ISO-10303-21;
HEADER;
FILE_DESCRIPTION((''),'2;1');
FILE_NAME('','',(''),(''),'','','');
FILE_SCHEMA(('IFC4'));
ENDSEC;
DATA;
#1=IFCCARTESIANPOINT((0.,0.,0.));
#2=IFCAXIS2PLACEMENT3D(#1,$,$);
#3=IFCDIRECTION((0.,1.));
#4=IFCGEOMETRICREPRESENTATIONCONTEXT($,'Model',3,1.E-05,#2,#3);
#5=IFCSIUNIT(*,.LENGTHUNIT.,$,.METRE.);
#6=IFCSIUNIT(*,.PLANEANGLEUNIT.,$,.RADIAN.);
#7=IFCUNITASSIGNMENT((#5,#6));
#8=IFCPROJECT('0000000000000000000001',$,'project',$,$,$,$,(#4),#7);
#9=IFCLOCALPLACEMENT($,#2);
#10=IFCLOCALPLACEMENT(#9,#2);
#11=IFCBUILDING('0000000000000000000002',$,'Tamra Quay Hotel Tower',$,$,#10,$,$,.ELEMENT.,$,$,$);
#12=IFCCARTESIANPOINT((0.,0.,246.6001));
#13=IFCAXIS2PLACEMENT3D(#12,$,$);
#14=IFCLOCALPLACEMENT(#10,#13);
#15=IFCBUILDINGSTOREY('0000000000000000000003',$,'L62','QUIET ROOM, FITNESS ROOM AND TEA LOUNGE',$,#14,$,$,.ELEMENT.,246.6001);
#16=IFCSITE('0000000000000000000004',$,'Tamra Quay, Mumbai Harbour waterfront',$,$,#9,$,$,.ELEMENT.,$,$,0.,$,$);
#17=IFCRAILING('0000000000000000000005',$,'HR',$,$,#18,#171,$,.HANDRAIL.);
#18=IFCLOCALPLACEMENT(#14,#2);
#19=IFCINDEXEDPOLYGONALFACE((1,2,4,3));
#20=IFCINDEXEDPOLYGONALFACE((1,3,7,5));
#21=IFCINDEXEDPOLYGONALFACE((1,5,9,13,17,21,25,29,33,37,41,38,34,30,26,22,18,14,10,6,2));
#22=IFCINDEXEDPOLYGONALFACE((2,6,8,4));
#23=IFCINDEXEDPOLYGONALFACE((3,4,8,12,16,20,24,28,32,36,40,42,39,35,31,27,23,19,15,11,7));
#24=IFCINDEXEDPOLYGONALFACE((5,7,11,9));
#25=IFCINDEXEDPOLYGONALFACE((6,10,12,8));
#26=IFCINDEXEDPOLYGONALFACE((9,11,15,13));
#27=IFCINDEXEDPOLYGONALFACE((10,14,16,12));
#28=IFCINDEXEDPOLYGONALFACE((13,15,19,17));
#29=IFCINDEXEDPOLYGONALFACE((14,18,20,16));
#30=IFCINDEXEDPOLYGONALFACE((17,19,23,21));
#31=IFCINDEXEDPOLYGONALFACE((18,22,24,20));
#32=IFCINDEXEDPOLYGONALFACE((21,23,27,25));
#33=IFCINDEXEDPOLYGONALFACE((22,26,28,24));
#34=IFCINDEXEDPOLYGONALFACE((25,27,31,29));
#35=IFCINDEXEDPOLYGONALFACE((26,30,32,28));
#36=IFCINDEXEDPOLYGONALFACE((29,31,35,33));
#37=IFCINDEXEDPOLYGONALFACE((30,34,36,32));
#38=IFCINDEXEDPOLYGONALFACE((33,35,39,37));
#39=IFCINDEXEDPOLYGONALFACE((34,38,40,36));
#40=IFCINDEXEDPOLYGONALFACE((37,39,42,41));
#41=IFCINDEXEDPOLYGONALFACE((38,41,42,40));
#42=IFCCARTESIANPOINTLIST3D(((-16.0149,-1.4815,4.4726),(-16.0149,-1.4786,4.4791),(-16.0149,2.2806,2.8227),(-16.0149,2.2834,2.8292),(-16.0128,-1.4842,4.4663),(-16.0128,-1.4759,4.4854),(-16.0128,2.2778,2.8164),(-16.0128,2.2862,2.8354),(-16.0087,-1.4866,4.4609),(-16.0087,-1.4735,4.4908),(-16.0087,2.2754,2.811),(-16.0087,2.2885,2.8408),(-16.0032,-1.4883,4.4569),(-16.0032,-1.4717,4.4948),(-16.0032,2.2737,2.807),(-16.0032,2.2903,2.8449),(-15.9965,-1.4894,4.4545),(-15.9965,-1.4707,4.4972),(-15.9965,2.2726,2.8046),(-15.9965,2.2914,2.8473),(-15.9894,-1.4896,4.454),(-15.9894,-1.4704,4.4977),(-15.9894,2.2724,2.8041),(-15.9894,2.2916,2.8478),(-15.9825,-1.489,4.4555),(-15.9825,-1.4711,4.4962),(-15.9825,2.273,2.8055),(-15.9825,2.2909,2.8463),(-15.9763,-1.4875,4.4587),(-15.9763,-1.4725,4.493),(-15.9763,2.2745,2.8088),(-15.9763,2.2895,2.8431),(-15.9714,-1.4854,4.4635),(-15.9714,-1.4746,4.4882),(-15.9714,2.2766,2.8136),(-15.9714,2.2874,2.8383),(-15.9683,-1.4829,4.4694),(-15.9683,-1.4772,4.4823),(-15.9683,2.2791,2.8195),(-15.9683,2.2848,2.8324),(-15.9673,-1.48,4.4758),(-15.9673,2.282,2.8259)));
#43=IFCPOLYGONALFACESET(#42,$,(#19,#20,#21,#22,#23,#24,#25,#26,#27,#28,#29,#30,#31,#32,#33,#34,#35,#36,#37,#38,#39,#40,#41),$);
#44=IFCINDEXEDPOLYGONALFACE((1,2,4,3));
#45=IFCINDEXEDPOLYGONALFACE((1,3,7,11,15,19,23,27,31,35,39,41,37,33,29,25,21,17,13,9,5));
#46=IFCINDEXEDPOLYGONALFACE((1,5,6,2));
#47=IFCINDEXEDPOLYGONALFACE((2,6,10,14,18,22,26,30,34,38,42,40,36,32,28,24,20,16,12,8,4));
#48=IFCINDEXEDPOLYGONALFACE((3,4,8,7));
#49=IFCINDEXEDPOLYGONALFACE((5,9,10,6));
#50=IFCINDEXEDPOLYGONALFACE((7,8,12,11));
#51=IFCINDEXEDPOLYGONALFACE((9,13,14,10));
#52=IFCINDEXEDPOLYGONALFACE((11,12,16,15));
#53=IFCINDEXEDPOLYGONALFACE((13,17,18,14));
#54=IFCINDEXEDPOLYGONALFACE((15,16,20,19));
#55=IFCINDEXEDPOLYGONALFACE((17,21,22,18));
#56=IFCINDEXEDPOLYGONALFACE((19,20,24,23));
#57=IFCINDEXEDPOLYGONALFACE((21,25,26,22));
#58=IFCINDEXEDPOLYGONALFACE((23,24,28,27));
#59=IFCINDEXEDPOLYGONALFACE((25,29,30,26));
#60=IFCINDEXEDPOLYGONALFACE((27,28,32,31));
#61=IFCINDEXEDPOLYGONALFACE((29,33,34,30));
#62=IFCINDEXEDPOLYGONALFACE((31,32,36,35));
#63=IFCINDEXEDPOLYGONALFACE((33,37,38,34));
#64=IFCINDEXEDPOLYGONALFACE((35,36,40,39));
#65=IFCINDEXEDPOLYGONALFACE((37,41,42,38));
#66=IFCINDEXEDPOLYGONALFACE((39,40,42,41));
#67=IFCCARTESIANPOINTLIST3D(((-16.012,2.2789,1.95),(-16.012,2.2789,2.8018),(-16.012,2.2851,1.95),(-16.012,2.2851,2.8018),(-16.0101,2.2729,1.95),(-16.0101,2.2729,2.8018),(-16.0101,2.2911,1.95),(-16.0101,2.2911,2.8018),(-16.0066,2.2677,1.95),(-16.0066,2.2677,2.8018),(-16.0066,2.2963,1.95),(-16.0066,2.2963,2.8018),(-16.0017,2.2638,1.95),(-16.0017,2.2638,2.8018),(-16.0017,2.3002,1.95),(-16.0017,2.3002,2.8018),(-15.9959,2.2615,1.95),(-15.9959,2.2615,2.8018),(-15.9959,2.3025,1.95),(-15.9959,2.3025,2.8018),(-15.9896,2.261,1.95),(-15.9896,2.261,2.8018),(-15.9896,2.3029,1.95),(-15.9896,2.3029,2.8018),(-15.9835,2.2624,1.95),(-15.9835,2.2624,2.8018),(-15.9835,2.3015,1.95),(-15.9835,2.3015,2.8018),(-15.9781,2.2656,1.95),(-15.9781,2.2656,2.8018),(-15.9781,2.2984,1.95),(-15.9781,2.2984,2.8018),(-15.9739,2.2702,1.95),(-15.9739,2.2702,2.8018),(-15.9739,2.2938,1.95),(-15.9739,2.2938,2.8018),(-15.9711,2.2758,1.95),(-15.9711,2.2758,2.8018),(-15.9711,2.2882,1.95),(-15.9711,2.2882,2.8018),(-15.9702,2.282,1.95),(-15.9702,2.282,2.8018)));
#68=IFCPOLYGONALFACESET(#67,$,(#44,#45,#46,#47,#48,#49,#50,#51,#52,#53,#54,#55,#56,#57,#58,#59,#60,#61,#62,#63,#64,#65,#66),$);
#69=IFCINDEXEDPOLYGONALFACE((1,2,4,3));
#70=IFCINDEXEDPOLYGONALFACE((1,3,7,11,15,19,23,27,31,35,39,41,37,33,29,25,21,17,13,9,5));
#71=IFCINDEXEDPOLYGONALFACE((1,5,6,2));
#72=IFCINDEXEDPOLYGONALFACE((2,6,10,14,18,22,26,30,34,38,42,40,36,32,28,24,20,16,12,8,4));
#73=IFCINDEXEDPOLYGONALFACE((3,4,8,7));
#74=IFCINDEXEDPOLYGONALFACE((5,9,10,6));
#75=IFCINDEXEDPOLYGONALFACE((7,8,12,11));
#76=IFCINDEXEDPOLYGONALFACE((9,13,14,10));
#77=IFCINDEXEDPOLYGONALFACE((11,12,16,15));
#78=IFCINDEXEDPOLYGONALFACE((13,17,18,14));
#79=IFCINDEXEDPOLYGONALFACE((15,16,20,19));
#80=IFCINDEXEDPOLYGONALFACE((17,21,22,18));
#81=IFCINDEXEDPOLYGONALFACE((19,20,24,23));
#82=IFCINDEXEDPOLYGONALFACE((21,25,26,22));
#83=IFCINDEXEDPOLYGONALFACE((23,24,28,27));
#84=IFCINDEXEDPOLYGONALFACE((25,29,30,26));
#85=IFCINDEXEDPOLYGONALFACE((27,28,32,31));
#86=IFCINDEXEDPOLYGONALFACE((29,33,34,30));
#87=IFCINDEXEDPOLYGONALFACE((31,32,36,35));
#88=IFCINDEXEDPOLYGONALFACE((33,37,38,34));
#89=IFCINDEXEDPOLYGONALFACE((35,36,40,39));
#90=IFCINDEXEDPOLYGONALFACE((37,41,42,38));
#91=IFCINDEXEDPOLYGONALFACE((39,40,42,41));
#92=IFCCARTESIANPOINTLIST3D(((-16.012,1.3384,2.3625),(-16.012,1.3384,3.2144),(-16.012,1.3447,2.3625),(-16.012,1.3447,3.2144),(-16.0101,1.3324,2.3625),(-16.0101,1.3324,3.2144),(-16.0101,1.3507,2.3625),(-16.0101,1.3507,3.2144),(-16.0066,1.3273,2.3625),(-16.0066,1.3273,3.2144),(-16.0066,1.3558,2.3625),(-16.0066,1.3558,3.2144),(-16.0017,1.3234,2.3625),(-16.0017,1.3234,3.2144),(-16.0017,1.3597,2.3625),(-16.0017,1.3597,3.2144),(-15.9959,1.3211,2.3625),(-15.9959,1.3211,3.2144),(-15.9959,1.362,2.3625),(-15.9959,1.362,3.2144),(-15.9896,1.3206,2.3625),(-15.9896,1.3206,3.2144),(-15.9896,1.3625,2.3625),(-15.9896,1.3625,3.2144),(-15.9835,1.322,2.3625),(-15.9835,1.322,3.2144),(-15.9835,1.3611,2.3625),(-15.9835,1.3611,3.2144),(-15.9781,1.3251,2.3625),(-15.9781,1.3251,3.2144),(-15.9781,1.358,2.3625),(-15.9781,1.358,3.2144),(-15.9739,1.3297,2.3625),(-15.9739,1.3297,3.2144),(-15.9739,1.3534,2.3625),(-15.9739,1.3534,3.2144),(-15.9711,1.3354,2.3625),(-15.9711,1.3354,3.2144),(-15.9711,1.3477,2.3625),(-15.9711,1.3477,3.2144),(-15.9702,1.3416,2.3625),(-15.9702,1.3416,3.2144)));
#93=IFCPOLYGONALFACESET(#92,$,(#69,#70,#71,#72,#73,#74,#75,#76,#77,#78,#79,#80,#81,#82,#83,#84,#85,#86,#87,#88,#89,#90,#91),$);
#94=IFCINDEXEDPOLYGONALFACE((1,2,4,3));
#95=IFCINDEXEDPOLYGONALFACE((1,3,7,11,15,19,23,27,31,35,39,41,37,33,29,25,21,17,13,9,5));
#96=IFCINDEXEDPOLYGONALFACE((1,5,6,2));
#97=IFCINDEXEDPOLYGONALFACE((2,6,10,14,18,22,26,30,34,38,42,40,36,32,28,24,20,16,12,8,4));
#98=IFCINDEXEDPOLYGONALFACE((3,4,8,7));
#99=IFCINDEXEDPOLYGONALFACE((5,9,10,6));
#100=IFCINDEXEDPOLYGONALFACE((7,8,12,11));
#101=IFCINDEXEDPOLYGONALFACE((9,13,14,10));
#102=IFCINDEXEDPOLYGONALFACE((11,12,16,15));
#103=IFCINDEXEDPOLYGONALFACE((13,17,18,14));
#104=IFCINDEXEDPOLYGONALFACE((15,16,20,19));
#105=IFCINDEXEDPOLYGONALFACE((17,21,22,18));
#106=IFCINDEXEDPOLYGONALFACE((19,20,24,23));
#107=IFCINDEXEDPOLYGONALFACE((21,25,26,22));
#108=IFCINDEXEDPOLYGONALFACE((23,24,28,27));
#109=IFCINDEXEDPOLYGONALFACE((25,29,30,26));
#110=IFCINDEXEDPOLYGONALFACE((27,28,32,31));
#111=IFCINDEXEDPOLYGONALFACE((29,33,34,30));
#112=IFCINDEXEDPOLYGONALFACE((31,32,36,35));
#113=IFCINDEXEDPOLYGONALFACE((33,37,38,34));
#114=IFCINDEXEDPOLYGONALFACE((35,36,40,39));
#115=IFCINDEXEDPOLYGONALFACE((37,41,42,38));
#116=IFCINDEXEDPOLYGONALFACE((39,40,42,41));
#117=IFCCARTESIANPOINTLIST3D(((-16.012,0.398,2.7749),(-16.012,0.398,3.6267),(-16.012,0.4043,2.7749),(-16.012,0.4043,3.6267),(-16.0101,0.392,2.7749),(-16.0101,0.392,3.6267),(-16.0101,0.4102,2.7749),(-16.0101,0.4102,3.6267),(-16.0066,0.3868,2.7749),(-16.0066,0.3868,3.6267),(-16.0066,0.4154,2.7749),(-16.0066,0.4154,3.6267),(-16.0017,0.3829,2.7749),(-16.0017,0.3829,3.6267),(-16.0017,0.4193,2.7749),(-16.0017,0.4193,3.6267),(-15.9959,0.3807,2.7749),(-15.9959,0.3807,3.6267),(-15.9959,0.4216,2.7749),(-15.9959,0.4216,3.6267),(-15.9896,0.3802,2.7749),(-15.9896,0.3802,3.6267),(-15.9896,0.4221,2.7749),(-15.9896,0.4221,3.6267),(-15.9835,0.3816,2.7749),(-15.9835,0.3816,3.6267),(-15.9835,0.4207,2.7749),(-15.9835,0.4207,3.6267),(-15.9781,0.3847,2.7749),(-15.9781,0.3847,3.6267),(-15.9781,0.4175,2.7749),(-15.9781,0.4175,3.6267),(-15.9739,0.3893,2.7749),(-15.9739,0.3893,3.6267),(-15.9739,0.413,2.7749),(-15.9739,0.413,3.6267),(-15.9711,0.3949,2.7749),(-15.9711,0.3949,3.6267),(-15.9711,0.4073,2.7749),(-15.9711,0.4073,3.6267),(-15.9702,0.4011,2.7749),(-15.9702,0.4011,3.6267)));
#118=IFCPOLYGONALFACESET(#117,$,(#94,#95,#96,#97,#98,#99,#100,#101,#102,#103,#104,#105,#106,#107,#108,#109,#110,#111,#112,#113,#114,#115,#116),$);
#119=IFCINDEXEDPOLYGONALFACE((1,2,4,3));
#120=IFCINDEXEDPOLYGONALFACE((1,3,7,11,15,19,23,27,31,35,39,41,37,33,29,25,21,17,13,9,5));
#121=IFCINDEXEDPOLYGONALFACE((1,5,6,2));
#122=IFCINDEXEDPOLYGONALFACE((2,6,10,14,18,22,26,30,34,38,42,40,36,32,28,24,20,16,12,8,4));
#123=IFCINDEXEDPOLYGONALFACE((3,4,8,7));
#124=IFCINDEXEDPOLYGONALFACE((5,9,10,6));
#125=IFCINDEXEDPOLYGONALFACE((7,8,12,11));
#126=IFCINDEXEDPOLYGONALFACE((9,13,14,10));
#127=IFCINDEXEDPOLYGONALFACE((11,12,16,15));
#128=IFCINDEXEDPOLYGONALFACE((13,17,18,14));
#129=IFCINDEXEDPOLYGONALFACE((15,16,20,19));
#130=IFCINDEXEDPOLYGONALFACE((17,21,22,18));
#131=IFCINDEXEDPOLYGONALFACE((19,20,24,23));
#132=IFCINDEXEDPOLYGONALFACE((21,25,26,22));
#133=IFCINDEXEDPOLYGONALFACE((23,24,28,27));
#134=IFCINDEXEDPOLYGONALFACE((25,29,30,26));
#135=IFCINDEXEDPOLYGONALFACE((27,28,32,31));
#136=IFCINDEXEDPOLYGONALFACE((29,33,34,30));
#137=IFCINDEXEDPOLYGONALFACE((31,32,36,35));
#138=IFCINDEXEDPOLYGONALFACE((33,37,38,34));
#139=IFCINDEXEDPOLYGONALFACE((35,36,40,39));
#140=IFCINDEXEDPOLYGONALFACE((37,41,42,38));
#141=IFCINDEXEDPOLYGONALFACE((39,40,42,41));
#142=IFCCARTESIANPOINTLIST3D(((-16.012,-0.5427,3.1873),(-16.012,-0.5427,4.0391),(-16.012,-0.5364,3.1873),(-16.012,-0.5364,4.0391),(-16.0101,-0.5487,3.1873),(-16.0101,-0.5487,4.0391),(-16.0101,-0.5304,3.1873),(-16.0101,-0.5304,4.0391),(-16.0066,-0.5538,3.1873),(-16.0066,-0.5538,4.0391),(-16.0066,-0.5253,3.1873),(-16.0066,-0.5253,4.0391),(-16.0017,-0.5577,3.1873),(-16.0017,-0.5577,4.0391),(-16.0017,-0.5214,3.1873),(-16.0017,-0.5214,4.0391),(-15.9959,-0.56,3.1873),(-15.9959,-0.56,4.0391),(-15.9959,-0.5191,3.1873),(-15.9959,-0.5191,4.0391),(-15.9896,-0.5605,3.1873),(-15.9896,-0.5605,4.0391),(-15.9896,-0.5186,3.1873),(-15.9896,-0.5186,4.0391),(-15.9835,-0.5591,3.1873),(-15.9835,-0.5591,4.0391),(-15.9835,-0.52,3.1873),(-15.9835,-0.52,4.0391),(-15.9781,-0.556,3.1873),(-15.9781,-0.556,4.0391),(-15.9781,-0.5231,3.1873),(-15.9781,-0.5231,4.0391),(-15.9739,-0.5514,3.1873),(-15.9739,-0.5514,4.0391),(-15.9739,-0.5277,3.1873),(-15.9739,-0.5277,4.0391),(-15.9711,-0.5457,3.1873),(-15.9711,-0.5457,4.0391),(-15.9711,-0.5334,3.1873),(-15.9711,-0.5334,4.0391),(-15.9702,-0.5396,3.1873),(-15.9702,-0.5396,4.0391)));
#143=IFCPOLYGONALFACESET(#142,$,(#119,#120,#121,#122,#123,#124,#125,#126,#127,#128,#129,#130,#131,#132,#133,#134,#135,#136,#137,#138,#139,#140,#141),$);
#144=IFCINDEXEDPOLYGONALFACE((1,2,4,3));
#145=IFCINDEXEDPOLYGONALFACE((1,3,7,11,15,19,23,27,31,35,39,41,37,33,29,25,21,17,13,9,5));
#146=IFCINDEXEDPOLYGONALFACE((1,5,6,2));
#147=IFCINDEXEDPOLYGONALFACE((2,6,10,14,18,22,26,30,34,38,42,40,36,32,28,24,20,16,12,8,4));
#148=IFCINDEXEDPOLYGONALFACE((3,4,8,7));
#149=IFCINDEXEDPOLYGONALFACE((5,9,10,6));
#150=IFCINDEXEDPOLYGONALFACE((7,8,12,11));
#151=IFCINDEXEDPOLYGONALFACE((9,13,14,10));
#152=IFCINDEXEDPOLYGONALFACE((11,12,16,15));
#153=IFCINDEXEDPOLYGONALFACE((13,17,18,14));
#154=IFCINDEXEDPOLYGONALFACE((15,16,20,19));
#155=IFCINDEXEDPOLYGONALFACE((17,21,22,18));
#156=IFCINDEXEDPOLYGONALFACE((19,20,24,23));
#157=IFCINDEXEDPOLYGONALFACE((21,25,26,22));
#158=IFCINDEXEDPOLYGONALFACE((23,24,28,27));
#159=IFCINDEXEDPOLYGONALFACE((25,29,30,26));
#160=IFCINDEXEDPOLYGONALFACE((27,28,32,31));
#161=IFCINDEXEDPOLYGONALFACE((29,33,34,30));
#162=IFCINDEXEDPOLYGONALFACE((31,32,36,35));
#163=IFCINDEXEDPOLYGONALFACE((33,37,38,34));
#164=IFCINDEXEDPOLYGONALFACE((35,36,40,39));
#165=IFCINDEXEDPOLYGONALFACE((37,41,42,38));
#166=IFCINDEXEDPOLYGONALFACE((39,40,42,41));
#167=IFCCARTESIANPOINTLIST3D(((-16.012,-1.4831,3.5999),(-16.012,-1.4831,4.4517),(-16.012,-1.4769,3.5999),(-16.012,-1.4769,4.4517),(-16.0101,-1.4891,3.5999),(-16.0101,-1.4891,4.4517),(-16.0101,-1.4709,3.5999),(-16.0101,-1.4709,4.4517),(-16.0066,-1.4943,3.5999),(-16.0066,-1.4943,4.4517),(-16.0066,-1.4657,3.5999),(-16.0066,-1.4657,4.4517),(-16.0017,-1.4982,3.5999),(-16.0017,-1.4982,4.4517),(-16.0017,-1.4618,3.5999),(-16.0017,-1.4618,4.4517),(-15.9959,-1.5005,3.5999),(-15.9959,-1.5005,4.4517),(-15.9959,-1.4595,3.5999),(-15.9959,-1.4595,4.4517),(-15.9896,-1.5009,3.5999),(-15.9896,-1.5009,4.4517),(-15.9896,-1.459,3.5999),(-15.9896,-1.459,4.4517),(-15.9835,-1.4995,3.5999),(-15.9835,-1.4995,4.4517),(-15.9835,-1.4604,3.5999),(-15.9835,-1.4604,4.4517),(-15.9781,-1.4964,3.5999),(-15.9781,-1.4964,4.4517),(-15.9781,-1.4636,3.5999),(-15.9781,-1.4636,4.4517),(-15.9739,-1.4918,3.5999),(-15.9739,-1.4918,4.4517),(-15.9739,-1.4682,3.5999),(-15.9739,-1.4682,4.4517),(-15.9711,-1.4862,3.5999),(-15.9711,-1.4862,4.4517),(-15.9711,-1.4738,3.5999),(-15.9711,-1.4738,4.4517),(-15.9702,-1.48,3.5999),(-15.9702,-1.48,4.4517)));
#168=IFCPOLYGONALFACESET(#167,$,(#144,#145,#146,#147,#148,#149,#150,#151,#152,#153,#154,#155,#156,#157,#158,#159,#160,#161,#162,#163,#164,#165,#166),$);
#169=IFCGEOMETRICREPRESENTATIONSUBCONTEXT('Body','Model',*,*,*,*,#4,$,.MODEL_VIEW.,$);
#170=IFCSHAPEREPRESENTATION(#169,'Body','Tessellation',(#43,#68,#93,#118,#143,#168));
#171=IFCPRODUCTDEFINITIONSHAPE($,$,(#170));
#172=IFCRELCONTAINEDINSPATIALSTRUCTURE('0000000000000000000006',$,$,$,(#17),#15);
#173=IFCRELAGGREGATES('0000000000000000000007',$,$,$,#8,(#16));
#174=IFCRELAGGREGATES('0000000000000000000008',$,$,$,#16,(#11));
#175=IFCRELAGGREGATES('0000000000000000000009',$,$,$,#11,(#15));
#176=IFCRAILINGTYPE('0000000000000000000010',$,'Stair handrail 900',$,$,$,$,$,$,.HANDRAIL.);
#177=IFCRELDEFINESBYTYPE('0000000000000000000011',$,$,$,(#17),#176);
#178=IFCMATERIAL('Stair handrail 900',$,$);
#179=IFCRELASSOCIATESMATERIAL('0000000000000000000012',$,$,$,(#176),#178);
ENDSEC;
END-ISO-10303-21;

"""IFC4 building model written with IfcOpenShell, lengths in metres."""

from ifc_helpers import new_model, si_unit, direction, frame, origin, origin_2d, place, context, subcontext, project, spatial, circle, extrude, material, type_object, element, save


model = new_model("IFC4")

# Units and contexts
model_context = context("Model", 3, precision=1e-05, world=origin(), true_north=direction((0.0, 1.0)))
body_context = subcontext(model_context, "Body", "Model", "MODEL_VIEW")
ifc_project = project(units=[si_unit("LENGTHUNIT", "METRE"), si_unit("PLANEANGLEUNIT", "RADIAN")], contexts=[model_context])

# Site, building, storey
site_placement = place(None, origin())
site = spatial("IfcSite", under=ifc_project, at=site_placement, Name="Tamra Quay, Mumbai Harbour waterfront", CompositionType="ELEMENT", RefElevation=0.0)
building_placement = place(site_placement, origin())
building = spatial("IfcBuilding", under=site, at=building_placement, Name="Tamra Quay Hotel Tower", CompositionType="ELEMENT")
storey_placement = place(building_placement, frame((0.0, 0.0, 246.6001)))
storey = spatial("IfcBuildingStorey", under=building, at=storey_placement, Name="L62", Description="QUIET ROOM, FITNESS ROOM AND TEA LOUNGE", CompositionType="ELEMENT", Elevation=246.6001)

# Railing
ifc_material_1 = material(Name="Stair handrail 900")
railing_type = type_object("IfcRailingType", Name="Stair handrail 900", PredefinedType="HANDRAIL", material=ifc_material_1)
railing_placement = place(storey_placement, frame((-15.9912, 2.282, 1.95)))
element("IfcRailing", 1, at=railing_placement, inside=storey, type_object=railing_type, Name="HR", PredefinedType="HANDRAIL", context=body_context, shape_type="SweptSolid", body=[
    extrude(circle(Radius=0.0239, at=origin_2d()), frame((0.0, 0.0, 0.876), z_axis=(0.0, -0.915795, 0.401645), x_axis=(1.0, 0.0, 0.0)), (0.0, 0.0, 1.0), 4.1079),
    extrude(circle(Radius=0.021, at=origin_2d()), origin(), (0.0, 0.0, 1.0), 0.8518),
    extrude(circle(Radius=0.021, at=origin_2d()), frame((0.0, -0.9404, 0.4126)), (0.0, 0.0, 1.0), 0.8518),
    extrude(circle(Radius=0.021, at=origin_2d()), frame((0.0, -1.8809, 0.825)), (0.0, 0.0, 1.0), 0.8518),
    extrude(circle(Radius=0.021, at=origin_2d()), frame((0.0, -2.8215, 1.2373)), (0.0, 0.0, 1.0), 0.8518),
    extrude(circle(Radius=0.021, at=origin_2d()), frame((0.0, -3.762, 1.6499)), (0.0, 0.0, 1.0), 0.8518),
])

save(model, "model.ifc")
